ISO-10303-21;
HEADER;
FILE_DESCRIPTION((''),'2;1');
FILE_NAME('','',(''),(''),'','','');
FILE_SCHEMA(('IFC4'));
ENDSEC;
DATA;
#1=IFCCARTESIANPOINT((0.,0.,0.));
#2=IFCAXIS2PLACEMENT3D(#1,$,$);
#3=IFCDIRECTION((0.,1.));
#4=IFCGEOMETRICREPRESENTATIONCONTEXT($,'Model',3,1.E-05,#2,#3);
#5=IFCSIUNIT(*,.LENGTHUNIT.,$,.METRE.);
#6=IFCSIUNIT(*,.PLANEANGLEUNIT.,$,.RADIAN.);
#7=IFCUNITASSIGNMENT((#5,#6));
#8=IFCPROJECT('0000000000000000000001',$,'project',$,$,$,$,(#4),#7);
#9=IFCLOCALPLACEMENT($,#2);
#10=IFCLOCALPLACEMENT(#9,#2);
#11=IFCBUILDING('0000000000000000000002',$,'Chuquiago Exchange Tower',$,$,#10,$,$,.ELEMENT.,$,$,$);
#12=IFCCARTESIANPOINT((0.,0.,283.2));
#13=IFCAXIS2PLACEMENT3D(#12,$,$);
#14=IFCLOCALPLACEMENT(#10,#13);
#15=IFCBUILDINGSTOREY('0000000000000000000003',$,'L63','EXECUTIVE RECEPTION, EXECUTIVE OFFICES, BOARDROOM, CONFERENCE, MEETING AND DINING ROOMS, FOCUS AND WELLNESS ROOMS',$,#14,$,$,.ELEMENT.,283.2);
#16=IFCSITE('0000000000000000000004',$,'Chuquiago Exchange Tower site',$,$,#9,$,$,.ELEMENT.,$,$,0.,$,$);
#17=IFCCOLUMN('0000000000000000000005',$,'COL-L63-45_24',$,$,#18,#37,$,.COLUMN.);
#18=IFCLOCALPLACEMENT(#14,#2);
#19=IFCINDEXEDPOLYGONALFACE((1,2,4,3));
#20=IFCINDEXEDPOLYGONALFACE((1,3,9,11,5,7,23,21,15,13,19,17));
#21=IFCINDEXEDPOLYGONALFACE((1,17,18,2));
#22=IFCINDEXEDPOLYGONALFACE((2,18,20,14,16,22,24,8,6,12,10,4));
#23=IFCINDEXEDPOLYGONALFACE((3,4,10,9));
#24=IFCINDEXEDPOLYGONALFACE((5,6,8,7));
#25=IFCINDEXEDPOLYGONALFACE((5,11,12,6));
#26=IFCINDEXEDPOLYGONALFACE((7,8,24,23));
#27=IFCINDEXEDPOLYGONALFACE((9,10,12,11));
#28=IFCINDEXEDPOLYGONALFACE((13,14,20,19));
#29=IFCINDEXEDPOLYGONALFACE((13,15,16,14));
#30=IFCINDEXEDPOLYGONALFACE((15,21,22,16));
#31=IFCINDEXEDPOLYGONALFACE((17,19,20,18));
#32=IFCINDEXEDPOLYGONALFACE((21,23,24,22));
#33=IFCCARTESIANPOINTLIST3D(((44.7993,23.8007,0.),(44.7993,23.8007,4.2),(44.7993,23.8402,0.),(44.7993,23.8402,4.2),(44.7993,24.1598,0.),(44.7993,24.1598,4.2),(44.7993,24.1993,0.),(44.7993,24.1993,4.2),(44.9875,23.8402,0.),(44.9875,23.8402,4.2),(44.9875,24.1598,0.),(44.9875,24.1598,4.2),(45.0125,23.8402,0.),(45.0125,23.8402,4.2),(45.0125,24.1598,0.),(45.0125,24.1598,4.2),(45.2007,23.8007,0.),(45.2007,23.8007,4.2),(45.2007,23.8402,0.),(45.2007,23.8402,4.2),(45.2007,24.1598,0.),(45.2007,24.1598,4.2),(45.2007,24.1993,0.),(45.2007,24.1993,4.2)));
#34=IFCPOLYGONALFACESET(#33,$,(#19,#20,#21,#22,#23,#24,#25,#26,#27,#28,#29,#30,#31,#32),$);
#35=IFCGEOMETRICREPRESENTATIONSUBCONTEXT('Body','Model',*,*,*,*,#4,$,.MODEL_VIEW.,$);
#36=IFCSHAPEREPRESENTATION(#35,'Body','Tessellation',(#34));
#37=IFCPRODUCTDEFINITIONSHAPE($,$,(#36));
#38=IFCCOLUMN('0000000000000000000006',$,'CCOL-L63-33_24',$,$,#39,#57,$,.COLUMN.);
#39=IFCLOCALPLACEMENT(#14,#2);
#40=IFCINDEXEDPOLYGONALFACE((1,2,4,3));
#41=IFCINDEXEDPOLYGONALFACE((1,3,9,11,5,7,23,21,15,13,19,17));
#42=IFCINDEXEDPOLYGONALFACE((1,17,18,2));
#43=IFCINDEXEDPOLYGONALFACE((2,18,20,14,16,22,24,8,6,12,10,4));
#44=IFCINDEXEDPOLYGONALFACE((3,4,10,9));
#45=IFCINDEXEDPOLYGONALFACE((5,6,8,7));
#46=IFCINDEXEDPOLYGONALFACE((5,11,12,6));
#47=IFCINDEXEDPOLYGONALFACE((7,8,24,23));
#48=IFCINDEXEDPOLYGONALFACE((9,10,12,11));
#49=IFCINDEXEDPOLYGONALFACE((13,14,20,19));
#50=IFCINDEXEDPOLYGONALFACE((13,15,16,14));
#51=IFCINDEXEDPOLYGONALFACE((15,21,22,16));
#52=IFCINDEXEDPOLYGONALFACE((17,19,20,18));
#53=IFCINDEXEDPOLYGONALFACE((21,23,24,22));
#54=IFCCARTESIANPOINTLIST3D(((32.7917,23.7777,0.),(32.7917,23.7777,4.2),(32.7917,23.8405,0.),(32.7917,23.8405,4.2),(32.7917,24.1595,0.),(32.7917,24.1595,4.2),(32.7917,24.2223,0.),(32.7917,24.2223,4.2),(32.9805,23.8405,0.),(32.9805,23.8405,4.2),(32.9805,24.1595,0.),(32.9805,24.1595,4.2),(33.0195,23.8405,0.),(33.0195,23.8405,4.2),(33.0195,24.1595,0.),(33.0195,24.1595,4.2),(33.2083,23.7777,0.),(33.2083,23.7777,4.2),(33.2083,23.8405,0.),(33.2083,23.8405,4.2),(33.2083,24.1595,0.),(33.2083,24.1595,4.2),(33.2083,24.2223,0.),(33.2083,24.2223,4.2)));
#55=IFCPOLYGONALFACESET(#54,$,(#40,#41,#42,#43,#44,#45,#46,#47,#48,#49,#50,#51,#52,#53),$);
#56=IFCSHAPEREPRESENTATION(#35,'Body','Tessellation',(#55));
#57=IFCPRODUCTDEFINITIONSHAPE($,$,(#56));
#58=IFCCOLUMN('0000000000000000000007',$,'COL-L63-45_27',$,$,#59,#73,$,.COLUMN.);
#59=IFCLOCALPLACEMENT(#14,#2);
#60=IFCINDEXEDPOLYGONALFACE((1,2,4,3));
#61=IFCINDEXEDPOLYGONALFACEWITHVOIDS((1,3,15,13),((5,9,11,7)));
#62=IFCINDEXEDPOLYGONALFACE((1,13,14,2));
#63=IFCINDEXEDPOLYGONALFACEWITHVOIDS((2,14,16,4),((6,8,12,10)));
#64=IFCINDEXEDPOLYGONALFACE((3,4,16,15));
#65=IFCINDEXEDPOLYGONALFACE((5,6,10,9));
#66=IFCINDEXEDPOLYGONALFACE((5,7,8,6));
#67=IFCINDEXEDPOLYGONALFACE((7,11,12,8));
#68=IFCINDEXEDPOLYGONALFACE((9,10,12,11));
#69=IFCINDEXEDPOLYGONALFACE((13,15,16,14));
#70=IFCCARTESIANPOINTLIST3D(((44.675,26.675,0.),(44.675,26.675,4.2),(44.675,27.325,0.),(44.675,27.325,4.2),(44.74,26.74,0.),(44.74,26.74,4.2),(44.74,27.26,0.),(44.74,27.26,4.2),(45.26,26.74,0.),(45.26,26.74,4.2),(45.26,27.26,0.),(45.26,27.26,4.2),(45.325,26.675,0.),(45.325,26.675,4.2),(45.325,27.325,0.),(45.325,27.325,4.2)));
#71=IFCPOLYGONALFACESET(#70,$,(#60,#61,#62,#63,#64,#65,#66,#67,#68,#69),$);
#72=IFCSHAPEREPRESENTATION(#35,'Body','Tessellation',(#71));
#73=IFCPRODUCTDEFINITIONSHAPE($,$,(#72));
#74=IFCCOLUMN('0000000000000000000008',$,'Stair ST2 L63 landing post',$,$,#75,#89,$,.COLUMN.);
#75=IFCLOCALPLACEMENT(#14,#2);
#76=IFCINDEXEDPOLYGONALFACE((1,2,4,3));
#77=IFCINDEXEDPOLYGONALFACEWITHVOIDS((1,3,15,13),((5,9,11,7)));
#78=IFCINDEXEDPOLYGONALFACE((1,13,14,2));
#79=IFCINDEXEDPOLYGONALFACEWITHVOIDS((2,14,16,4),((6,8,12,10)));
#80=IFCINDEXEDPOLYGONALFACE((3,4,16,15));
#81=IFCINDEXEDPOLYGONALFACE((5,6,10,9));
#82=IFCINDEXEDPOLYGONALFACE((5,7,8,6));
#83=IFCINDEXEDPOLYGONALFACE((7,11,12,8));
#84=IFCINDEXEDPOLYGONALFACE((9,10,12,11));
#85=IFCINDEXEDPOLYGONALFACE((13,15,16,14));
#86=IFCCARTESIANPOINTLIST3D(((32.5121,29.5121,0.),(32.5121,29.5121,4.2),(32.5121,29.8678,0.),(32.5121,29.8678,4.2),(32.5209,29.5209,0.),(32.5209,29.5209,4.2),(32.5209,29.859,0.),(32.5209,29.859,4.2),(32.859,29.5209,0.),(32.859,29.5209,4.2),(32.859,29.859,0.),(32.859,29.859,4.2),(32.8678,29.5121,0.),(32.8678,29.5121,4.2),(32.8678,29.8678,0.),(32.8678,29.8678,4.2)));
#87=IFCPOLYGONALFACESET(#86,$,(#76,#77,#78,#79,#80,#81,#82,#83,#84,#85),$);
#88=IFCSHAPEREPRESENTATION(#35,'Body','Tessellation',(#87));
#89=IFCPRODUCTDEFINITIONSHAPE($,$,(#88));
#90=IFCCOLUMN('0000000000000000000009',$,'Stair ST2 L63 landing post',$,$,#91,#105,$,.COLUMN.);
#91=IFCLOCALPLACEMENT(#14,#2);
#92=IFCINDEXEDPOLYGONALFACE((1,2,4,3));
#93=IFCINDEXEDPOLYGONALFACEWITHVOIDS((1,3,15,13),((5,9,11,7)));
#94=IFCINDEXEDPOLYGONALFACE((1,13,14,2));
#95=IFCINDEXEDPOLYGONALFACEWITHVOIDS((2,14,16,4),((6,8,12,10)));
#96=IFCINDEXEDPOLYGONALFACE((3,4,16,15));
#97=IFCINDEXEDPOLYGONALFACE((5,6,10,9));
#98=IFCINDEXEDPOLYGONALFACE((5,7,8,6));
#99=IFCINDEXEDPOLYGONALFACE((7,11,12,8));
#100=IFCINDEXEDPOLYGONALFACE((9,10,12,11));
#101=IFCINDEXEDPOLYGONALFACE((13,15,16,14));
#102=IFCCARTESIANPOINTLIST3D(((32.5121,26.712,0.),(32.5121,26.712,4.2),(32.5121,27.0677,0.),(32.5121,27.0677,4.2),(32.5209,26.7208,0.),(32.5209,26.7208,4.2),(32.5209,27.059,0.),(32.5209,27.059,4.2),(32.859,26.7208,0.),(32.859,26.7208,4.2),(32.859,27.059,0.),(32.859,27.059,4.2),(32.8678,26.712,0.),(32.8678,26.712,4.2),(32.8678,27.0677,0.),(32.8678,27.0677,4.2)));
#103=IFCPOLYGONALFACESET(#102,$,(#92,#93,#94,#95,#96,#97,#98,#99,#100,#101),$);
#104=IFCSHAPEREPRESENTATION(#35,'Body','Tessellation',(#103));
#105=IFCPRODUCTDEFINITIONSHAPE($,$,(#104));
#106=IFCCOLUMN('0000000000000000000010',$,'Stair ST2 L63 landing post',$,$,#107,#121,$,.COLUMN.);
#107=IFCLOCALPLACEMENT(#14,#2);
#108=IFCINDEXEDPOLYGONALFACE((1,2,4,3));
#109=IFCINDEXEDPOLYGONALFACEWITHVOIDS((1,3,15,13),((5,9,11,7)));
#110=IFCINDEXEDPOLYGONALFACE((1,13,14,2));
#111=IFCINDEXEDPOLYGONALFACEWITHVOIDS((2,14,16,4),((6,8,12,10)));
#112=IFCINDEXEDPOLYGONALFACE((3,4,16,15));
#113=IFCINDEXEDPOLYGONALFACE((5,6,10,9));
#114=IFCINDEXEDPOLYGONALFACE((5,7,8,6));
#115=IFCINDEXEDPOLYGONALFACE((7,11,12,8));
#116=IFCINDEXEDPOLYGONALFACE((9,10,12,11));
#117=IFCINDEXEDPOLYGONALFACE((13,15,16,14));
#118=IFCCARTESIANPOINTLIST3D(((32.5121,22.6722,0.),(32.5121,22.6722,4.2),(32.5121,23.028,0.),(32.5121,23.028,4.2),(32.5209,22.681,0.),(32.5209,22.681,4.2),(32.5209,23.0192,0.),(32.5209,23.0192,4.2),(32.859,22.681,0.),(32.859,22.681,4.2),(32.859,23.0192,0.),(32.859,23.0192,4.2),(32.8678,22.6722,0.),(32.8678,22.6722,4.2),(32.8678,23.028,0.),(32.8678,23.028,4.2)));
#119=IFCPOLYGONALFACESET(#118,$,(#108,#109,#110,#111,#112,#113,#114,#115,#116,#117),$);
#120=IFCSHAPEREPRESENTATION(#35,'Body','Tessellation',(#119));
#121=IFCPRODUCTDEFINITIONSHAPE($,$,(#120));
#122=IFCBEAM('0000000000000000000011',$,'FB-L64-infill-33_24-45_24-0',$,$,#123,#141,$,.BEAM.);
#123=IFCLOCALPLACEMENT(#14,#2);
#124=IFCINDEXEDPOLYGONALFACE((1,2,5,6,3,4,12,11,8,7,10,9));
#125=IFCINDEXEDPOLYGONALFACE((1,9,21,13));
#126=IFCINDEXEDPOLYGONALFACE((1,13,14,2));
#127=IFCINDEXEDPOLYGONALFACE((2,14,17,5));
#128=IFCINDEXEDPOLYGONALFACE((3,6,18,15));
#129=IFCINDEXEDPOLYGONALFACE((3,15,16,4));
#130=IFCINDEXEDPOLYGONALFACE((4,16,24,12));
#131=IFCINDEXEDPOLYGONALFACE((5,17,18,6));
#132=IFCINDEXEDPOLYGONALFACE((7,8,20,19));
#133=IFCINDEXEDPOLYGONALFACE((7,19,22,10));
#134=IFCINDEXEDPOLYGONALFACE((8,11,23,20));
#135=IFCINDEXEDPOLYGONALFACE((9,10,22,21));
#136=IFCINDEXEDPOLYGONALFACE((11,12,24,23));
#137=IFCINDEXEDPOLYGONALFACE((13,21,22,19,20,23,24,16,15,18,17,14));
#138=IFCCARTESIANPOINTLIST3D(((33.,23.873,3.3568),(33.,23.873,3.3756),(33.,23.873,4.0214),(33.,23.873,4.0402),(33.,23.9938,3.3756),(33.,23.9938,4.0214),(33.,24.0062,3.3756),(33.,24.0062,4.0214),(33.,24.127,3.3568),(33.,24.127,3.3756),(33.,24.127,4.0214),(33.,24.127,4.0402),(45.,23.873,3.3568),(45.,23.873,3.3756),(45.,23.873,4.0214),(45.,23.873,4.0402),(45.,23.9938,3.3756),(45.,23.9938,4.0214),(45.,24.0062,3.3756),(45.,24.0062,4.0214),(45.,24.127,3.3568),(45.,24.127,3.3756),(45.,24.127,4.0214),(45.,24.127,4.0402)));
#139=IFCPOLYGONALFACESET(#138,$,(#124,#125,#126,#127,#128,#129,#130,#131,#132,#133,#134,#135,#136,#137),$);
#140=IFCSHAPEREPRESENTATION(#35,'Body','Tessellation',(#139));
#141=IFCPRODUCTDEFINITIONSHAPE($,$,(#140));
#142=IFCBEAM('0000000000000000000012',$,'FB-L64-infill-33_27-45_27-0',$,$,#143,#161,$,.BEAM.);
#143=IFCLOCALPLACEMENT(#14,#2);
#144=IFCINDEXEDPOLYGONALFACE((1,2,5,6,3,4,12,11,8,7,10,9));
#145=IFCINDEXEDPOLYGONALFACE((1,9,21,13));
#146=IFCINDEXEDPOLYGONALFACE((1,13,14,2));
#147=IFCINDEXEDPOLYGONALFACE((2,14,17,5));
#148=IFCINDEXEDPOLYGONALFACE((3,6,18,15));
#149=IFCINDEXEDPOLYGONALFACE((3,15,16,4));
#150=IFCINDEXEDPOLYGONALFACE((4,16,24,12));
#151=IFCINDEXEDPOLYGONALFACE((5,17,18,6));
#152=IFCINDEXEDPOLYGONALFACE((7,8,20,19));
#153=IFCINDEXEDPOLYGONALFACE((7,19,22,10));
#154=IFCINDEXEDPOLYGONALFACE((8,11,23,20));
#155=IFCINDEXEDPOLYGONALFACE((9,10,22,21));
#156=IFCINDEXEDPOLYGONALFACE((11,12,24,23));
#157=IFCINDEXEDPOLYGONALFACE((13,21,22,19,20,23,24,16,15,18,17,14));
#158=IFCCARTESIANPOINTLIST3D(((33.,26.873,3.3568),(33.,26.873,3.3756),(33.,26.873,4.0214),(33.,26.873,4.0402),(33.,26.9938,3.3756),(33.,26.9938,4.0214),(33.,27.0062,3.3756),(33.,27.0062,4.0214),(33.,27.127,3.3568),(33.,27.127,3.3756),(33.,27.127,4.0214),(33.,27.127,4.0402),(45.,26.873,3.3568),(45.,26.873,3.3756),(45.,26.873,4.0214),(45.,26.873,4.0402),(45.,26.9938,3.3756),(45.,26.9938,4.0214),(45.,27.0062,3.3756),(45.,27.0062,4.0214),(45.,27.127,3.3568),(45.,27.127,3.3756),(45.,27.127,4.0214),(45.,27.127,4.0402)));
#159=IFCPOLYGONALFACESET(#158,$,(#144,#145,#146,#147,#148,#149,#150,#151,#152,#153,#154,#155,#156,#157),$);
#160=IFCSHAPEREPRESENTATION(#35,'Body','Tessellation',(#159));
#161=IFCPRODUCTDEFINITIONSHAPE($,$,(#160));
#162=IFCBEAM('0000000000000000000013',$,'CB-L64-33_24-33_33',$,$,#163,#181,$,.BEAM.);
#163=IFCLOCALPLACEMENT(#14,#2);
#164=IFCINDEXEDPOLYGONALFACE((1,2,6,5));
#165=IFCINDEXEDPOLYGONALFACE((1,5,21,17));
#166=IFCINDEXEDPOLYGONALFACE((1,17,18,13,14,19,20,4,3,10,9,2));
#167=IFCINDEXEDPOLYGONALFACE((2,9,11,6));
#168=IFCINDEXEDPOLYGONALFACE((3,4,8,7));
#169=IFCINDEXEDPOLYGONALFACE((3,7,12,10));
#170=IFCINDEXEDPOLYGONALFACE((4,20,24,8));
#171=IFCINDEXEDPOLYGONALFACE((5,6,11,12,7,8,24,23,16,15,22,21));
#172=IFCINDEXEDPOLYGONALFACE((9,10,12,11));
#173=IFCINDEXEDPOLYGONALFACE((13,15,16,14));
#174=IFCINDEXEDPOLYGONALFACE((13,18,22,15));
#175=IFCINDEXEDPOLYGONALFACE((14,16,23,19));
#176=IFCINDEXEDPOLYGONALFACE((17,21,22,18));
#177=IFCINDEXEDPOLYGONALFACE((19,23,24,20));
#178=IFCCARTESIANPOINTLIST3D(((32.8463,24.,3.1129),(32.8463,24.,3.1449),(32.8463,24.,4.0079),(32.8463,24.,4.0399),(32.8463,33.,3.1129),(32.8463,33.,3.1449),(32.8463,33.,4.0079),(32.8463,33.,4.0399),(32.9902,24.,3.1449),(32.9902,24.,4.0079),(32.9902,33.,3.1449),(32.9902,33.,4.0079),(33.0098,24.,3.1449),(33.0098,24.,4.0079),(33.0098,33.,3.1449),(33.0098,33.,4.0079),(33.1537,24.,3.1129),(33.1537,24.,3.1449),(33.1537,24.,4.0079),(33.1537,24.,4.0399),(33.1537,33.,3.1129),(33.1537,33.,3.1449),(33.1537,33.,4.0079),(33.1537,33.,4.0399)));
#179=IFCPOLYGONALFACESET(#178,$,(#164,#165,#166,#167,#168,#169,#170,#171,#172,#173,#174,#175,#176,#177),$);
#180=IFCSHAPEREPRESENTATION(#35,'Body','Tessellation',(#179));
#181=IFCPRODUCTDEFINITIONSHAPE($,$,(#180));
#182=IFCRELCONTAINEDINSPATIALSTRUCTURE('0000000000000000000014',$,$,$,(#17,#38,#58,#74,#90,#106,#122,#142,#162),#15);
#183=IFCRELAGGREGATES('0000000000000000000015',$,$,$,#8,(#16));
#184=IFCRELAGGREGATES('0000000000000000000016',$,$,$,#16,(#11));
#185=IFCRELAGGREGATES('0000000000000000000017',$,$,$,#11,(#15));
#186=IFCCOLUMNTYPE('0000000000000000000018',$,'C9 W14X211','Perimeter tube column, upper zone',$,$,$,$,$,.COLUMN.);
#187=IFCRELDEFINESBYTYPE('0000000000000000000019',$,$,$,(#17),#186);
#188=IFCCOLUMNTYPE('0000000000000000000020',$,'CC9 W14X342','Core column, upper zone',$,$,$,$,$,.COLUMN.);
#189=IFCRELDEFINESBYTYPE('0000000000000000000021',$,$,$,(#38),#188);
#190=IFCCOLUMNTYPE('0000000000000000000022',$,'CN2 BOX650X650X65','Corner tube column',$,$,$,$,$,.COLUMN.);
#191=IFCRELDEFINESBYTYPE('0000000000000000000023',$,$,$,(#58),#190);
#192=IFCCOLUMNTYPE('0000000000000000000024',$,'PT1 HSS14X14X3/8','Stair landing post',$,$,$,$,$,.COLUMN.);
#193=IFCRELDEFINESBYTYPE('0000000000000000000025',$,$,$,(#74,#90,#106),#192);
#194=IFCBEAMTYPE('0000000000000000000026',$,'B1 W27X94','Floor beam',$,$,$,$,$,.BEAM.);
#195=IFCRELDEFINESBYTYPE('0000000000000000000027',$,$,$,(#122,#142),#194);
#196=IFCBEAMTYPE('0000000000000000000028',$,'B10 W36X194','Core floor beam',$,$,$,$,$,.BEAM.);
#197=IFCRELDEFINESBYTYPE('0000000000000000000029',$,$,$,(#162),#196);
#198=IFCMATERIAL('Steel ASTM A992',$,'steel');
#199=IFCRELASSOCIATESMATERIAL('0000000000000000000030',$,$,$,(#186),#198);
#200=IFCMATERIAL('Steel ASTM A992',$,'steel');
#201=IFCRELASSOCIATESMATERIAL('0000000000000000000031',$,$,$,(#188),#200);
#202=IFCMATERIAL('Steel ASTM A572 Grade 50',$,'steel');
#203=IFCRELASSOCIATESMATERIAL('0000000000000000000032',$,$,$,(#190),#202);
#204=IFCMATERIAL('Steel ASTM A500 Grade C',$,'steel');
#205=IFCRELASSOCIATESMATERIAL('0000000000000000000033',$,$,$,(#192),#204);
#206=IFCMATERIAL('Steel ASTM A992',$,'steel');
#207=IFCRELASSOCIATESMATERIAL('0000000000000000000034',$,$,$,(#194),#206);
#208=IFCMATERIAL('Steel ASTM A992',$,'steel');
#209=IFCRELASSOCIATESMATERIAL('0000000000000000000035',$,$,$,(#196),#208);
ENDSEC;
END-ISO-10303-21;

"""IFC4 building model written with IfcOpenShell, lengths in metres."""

from ifc_helpers import new_model, si_unit, direction, frame, origin, origin_2d, place, context, subcontext, project, spatial, hollow_rectangle, i_section, extrude, material, material_profile, profile_set, type_object, element, save


model = new_model("IFC4")

# Units and contexts
model_context = context("Model", 3, precision=1e-05, world=origin(), true_north=direction((0.0, 1.0)))
body_context = subcontext(model_context, "Body", "Model", "MODEL_VIEW")
ifc_project = project(units=[si_unit("LENGTHUNIT", "METRE"), si_unit("PLANEANGLEUNIT", "RADIAN")], contexts=[model_context])

# Site, building, storey
site_placement = place(None, origin())
site = spatial("IfcSite", under=ifc_project, at=site_placement, Name="Chuquiago Exchange Tower site", CompositionType="ELEMENT", RefElevation=0.0)
building_placement = place(site_placement, origin())
building = spatial("IfcBuilding", under=site, at=building_placement, Name="Chuquiago Exchange Tower", CompositionType="ELEMENT")
storey_placement = place(building_placement, frame((0.0, 0.0, 283.2)))
storey = spatial("IfcBuildingStorey", under=building, at=storey_placement, Name="L63", Description="EXECUTIVE RECEPTION, EXECUTIVE OFFICES, BOARDROOM, CONFERENCE, MEETING AND DINING ROOMS, FOCUS AND WELLNESS ROOMS", CompositionType="ELEMENT", Elevation=283.2)

# Columns
ifc_material_1 = material(Name="Steel ASTM A992", Category="steel")
ifc_material_profile_1 = material_profile(ifc_material_1, i_section(OverallWidth=0.4014, OverallDepth=0.3987, WebThickness=0.0249, FlangeThickness=0.0396, at=origin_2d()), Name="W14X211")
ifc_profile_set_1 = profile_set([ifc_material_profile_1], Name="Steel ASTM A992")
column_type_1 = type_object("IfcColumnType", Name="C9 W14X211", Description="Perimeter tube column, upper zone", PredefinedType="COLUMN", material=ifc_profile_set_1)
column_1_placement = place(storey_placement, frame((45.0, 24.0, 0.0), z_axis=(0.0, 0.0, 1.0), x_axis=(1.0, 0.0, 0.0)))
element("IfcColumn", 1, at=column_1_placement, inside=storey, type_object=column_type_1, Name="COL-L63-45_24", PredefinedType="COLUMN", context=body_context, shape_type="SweptSolid", body=[
    extrude(i_section(OverallWidth=0.4014, OverallDepth=0.3987, WebThickness=0.0249, FlangeThickness=0.0396, at=origin_2d()), origin(), (0.0, 0.0, 1.0), 4.2),
])
ifc_material_2 = material(Name="Steel ASTM A992", Category="steel")
ifc_material_profile_2 = material_profile(ifc_material_2, i_section(OverallWidth=0.4165, OverallDepth=0.4446, WebThickness=0.0391, FlangeThickness=0.0627, at=origin_2d()), Name="W14X342")
ifc_profile_set_2 = profile_set([ifc_material_profile_2], Name="Steel ASTM A992")
column_type_2 = type_object("IfcColumnType", Name="CC9 W14X342", Description="Core column, upper zone", PredefinedType="COLUMN", material=ifc_profile_set_2)
column_2_placement = place(storey_placement, frame((33.0, 24.0, 0.0), z_axis=(0.0, 0.0, 1.0), x_axis=(1.0, 0.0, 0.0)))
element("IfcColumn", 2, at=column_2_placement, inside=storey, type_object=column_type_2, Name="CCOL-L63-33_24", PredefinedType="COLUMN", context=body_context, shape_type="SweptSolid", body=[
    extrude(i_section(OverallWidth=0.4165, OverallDepth=0.4446, WebThickness=0.0391, FlangeThickness=0.0627, at=origin_2d()), origin(), (0.0, 0.0, 1.0), 4.2),
])
ifc_material_3 = material(Name="Steel ASTM A572 Grade 50", Category="steel")
ifc_material_profile_3 = material_profile(ifc_material_3, hollow_rectangle(XDim=0.6499, YDim=0.6499, WallThickness=0.0649, at=origin_2d()), Name="BOX650X650X65")
ifc_profile_set_3 = profile_set([ifc_material_profile_3], Name="Steel ASTM A572 Grade 50")
column_type_3 = type_object("IfcColumnType", Name="CN2 BOX650X650X65", Description="Corner tube column", PredefinedType="COLUMN", material=ifc_profile_set_3)
column_3_placement = place(storey_placement, frame((45.0, 27.0, 0.0), z_axis=(0.0, 0.0, 1.0), x_axis=(1.0, 0.0, 0.0)))
element("IfcColumn", 3, at=column_3_placement, inside=storey, type_object=column_type_3, Name="COL-L63-45_27", PredefinedType="COLUMN", context=body_context, shape_type="SweptSolid", body=[
    extrude(hollow_rectangle(XDim=0.6499, YDim=0.6499, WallThickness=0.0649, at=origin_2d()), origin(), (0.0, 0.0, 1.0), 4.2),
])
ifc_material_4 = material(Name="Steel ASTM A500 Grade C", Category="steel")
ifc_material_profile_4 = material_profile(ifc_material_4, hollow_rectangle(XDim=0.3557, YDim=0.3557, WallThickness=0.0088, at=origin_2d()), Name="HSS14X14X3/8")
ifc_profile_set_4 = profile_set([ifc_material_profile_4], Name="Steel ASTM A500 Grade C")
column_type_4 = type_object("IfcColumnType", Name="PT1 HSS14X14X3/8", Description="Stair landing post", PredefinedType="COLUMN", material=ifc_profile_set_4)
for number, where, z_axis, x_axis, name in (
    (4, (32.6899, 29.6899, 0.0), (0.0, 0.0, 1.0), (1.0, 0.0, 0.0), "Stair ST2 L63 landing post"),
    (5, (32.6899, 26.8899, 0.0), (0.0, 0.0, 1.0), (1.0, 0.0, 0.0), "Stair ST2 L63 landing post"),
    (6, (32.6899, 22.8501, 0.0), (0.0, 0.0, 1.0), (1.0, 0.0, 0.0), "Stair ST2 L63 landing post"),
):
    element("IfcColumn", number, at=place(storey_placement, frame(where, z_axis=z_axis, x_axis=x_axis)), inside=storey, type_object=column_type_4, Name=name, PredefinedType="COLUMN", context=body_context, shape_type="SweptSolid", body=[
        extrude(hollow_rectangle(XDim=0.3557, YDim=0.3557, WallThickness=0.0088, at=origin_2d()), origin(), (0.0, 0.0, 1.0), 4.2),
    ])

# Beams
ifc_material_5 = material(Name="Steel ASTM A992", Category="steel")
ifc_material_profile_5 = material_profile(ifc_material_5, i_section(OverallWidth=0.2539, OverallDepth=0.6833, WebThickness=0.0125, FlangeThickness=0.0188, at=origin_2d()), Name="W27X94")
ifc_profile_set_5 = profile_set([ifc_material_profile_5], Name="Steel ASTM A992")
beam_type_1 = type_object("IfcBeamType", Name="B1 W27X94", Description="Floor beam", PredefinedType="BEAM", material=ifc_profile_set_5)
for number, where, z_axis, x_axis, name in (
    (7, (33.0, 24.0, 3.6985), (1.0, 0.0, 0.0), (0.0, 1.0, 0.0), "FB-L64-infill-33_24-45_24-0"),
    (8, (33.0, 27.0, 3.6985), (1.0, 0.0, 0.0), (0.0, 1.0, 0.0), "FB-L64-infill-33_27-45_27-0"),
):
    element("IfcBeam", number, at=place(storey_placement, frame(where, z_axis=z_axis, x_axis=x_axis)), inside=storey, type_object=beam_type_1, Name=name, PredefinedType="BEAM", context=body_context, shape_type="SweptSolid", body=[
        extrude(i_section(OverallWidth=0.2539, OverallDepth=0.6833, WebThickness=0.0125, FlangeThickness=0.0188, at=origin_2d()), origin(), (0.0, 0.0, 1.0), 12.0),
    ])
ifc_material_6 = material(Name="Steel ASTM A992", Category="steel")
ifc_material_profile_6 = material_profile(ifc_material_6, i_section(OverallWidth=0.3074, OverallDepth=0.927, WebThickness=0.0195, FlangeThickness=0.032, at=origin_2d()), Name="W36X194")
ifc_profile_set_6 = profile_set([ifc_material_profile_6], Name="Steel ASTM A992")
beam_type_2 = type_object("IfcBeamType", Name="B10 W36X194", Description="Core floor beam", PredefinedType="BEAM", material=ifc_profile_set_6)
beam_1_placement = place(storey_placement, frame((33.0, 24.0, 3.5764), z_axis=(0.0, 1.0, 0.0), x_axis=(-1.0, 0.0, 0.0)))
element("IfcBeam", 9, at=beam_1_placement, inside=storey, type_object=beam_type_2, Name="CB-L64-33_24-33_33", PredefinedType="BEAM", context=body_context, shape_type="SweptSolid", body=[
    extrude(i_section(OverallWidth=0.3074, OverallDepth=0.927, WebThickness=0.0195, FlangeThickness=0.032, at=origin_2d()), origin(), (0.0, 0.0, 1.0), 9.0),
])

save(model, "model.ifc")
